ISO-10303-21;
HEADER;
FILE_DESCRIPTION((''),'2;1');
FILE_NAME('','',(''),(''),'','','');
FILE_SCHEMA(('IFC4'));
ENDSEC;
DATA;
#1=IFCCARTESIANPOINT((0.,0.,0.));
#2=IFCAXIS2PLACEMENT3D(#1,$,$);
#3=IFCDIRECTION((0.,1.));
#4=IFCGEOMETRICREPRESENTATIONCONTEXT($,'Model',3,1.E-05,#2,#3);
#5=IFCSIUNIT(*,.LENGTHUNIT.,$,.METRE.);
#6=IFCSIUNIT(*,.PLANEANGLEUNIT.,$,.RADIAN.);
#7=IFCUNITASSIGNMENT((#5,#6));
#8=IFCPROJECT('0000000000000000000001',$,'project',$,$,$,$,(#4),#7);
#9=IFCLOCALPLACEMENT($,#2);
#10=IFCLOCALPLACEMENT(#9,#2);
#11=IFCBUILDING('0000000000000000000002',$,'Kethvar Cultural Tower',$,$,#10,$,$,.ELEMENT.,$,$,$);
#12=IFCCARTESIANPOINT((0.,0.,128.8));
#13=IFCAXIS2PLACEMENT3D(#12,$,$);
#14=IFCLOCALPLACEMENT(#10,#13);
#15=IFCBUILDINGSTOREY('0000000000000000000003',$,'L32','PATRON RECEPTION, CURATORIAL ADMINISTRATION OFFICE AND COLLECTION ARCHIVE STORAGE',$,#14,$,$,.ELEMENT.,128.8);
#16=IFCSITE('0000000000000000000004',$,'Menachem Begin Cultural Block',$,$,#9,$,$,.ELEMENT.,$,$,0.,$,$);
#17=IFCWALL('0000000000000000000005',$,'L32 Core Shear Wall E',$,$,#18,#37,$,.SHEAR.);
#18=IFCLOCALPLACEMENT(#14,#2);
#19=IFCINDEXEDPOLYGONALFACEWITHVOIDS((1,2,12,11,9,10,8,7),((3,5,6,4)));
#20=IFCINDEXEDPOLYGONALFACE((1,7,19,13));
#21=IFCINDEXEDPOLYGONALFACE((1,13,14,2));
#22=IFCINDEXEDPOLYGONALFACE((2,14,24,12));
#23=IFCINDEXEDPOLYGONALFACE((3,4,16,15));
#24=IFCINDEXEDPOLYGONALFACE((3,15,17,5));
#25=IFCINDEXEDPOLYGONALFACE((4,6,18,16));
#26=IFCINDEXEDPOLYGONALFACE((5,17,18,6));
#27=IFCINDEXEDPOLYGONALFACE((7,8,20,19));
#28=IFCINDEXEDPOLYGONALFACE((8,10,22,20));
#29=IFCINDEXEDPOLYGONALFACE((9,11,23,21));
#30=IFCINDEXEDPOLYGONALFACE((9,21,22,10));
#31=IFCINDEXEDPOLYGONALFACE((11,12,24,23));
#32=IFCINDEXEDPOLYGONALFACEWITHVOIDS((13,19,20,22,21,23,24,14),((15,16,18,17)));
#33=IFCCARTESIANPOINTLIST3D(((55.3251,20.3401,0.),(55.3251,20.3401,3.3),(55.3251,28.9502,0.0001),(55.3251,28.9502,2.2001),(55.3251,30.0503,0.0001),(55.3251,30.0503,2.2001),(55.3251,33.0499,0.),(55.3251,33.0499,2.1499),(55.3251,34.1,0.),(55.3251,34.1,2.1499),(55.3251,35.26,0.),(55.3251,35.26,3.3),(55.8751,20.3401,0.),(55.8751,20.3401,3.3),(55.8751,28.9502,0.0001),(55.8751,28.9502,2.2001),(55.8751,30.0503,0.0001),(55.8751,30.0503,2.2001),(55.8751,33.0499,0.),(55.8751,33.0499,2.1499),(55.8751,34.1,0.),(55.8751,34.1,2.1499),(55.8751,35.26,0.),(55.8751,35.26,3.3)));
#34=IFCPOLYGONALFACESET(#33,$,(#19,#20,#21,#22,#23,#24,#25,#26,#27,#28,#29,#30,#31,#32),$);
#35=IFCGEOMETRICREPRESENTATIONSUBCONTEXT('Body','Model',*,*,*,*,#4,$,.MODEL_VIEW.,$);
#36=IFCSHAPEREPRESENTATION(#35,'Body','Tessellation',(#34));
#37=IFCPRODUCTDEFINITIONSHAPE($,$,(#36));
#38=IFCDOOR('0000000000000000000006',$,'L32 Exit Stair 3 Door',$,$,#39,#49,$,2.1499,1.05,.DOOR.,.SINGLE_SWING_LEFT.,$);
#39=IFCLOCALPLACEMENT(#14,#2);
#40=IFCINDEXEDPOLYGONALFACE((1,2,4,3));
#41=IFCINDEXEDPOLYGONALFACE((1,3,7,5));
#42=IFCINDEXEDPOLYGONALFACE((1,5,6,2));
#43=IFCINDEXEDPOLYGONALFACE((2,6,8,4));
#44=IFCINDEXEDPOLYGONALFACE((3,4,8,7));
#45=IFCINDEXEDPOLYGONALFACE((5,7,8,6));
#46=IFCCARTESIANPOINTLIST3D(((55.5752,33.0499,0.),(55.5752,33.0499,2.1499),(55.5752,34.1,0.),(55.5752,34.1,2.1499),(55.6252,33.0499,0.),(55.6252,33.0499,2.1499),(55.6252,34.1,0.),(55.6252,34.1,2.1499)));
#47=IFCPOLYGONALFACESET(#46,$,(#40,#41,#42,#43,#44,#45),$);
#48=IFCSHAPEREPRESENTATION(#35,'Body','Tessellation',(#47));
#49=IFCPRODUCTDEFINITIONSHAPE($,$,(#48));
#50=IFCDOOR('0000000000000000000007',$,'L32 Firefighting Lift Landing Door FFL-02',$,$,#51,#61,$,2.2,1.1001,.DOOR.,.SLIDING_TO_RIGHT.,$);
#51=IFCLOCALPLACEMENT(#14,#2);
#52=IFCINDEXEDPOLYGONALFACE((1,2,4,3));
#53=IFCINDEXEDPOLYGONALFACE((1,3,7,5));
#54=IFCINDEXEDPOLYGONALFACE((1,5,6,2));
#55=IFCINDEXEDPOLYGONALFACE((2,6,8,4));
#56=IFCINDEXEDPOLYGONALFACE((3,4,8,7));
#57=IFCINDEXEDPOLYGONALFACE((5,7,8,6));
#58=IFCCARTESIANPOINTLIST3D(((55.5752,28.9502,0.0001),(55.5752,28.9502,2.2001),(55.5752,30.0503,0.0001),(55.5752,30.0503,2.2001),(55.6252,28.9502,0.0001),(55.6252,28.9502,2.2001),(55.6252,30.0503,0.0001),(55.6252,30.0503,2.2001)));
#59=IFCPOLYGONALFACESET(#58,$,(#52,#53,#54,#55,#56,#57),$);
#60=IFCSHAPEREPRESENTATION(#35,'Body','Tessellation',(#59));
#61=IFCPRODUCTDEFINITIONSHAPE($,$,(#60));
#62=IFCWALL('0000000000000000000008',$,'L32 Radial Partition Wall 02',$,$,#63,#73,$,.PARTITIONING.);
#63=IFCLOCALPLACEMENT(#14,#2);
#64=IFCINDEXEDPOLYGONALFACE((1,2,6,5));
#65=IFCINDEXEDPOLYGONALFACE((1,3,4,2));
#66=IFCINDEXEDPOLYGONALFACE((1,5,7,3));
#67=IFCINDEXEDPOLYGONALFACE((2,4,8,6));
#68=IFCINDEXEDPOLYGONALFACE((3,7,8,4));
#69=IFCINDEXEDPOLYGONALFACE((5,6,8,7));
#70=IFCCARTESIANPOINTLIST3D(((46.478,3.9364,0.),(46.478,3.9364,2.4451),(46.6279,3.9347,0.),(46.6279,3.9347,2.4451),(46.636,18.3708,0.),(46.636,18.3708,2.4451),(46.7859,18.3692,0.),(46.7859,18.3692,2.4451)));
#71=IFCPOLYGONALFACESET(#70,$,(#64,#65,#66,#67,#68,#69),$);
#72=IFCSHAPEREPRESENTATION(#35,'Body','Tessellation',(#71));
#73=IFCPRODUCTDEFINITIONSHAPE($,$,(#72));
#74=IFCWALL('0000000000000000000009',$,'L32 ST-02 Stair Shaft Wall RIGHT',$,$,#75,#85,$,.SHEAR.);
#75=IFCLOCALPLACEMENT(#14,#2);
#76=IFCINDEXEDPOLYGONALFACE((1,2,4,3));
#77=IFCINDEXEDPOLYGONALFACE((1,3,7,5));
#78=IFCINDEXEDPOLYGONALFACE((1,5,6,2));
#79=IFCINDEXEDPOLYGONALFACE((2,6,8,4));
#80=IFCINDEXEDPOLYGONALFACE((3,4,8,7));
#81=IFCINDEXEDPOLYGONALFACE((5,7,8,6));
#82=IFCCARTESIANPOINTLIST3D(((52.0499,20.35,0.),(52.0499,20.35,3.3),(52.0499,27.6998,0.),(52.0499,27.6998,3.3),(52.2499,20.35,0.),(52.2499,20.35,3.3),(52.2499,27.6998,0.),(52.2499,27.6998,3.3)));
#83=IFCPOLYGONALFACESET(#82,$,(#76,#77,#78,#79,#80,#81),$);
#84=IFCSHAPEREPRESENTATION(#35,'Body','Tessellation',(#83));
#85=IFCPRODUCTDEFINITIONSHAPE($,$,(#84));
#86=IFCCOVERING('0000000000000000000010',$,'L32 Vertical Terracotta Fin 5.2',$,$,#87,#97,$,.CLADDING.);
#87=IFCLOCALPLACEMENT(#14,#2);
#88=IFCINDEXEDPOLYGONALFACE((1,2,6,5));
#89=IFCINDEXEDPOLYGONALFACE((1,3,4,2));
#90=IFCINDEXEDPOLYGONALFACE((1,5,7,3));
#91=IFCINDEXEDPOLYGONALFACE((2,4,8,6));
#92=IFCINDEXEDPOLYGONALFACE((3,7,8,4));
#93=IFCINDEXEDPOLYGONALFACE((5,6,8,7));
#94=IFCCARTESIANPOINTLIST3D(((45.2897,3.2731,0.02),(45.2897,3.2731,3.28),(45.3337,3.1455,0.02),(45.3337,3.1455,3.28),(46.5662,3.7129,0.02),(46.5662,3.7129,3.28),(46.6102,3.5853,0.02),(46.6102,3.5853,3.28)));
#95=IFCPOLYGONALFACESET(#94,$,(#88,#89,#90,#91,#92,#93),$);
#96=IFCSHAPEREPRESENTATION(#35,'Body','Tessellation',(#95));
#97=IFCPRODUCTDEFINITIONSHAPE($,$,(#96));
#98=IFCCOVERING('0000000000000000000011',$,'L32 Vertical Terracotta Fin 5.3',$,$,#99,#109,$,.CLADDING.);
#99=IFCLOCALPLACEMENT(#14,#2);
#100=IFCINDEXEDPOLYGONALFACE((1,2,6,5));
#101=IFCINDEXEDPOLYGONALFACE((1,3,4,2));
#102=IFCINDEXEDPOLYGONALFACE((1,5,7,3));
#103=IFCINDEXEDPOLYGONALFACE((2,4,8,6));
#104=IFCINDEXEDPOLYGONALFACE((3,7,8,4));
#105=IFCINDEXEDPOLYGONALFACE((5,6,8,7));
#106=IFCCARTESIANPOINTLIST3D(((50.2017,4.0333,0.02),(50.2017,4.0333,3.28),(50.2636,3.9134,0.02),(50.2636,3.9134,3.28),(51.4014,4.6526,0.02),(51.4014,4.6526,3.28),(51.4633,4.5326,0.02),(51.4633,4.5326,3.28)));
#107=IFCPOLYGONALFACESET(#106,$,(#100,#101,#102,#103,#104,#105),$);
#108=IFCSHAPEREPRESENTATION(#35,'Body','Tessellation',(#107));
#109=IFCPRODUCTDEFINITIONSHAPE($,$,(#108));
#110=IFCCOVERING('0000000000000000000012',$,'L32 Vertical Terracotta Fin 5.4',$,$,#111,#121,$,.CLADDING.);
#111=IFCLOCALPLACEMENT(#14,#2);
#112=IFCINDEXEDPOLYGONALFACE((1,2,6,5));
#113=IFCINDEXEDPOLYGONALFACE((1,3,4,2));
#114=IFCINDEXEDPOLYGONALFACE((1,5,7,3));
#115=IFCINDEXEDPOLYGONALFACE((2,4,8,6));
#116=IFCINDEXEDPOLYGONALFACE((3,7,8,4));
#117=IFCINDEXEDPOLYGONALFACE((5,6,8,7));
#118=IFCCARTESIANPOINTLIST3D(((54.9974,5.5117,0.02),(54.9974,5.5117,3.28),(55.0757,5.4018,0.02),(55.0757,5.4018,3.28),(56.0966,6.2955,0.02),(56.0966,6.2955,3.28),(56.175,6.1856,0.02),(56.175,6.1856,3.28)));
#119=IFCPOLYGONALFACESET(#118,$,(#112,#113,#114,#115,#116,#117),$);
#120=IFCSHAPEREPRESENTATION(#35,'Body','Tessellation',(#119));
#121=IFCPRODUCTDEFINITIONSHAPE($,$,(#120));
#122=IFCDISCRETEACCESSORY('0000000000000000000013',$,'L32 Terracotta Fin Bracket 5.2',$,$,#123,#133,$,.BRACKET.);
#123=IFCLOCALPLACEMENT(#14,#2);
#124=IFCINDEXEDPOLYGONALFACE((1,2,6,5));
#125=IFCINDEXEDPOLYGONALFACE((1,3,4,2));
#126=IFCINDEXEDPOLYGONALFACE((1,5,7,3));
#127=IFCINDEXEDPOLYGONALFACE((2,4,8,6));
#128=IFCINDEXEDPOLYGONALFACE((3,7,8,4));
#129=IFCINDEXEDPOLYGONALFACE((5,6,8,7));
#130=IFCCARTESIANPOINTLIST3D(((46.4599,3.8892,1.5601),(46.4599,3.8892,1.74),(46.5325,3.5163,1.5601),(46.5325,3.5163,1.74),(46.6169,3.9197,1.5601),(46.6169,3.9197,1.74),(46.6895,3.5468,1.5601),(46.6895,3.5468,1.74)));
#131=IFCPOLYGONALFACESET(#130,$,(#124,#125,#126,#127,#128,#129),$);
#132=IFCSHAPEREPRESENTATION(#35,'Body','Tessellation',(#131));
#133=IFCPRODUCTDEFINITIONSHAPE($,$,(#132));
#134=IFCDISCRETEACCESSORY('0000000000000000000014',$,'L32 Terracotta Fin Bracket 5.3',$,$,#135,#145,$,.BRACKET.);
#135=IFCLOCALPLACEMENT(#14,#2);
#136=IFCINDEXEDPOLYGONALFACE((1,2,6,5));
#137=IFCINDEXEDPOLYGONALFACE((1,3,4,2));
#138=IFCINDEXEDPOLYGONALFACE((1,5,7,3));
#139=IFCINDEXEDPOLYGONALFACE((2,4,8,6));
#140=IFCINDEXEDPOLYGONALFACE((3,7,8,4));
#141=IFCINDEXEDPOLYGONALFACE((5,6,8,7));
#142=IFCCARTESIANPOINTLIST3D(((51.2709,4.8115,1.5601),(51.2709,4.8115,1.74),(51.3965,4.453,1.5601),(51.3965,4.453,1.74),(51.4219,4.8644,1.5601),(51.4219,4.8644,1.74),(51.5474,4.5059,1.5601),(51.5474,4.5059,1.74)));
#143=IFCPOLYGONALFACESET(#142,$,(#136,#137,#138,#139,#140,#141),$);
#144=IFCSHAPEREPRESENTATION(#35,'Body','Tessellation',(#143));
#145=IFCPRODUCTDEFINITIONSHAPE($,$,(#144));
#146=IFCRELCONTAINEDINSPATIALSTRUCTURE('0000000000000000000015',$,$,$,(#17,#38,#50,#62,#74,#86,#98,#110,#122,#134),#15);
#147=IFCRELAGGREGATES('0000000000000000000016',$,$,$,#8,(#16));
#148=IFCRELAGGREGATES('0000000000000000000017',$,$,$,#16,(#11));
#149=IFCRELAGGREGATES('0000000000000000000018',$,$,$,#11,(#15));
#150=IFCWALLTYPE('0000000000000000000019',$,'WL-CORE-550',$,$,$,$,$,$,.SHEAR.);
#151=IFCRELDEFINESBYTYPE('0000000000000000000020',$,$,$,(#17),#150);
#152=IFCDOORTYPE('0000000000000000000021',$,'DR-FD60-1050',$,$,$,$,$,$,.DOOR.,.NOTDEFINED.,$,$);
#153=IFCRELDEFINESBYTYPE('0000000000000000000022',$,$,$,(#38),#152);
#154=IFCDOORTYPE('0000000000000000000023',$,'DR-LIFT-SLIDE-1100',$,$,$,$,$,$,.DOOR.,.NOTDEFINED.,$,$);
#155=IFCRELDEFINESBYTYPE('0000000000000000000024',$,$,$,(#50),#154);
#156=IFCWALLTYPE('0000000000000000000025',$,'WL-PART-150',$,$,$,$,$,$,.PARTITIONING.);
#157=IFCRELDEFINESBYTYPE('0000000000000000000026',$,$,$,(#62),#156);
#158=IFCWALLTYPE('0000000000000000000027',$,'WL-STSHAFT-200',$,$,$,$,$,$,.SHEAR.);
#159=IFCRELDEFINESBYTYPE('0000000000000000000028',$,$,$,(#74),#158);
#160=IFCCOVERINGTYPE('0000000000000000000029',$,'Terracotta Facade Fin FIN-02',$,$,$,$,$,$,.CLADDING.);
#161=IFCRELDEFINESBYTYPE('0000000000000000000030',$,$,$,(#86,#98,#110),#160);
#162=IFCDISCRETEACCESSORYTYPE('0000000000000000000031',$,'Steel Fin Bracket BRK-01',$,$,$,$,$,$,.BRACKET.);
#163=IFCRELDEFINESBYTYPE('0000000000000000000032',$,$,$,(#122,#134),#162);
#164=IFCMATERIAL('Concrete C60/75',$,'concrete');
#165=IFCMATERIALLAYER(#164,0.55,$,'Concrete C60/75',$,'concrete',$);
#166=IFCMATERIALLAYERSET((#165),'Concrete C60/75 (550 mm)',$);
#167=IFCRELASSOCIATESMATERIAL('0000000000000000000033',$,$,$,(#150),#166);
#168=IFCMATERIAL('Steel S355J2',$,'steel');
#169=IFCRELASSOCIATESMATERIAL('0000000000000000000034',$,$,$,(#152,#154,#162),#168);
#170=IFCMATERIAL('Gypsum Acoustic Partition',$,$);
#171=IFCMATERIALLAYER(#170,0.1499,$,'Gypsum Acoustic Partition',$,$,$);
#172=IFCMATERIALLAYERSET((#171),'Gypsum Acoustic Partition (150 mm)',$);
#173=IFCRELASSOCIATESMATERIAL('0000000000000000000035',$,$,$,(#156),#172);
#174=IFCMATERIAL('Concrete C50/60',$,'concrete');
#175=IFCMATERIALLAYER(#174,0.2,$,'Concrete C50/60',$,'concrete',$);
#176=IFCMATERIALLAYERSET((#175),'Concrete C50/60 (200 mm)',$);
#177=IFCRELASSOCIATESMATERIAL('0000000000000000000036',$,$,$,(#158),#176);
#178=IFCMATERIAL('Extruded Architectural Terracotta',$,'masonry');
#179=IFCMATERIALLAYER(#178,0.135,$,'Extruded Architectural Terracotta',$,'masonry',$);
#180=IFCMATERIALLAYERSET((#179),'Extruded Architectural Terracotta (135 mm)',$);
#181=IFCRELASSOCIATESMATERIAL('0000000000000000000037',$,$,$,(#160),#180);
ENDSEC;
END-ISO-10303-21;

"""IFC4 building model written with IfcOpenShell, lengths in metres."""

from ifc_helpers import new_model, si_unit, direction, frame, frame_2d, origin, origin_2d, place, context, subcontext, project, spatial, rectangle, extrude, source, transform, mapped, material, layer, layer_set, type_object, element, fill, save


model = new_model("IFC4")

# Units and contexts
model_context = context("Model", 3, precision=1e-05, world=origin(), true_north=direction((0.0, 1.0)))
body_context = subcontext(model_context, "Body", "Model", "MODEL_VIEW")
ifc_project = project(units=[si_unit("LENGTHUNIT", "METRE"), si_unit("PLANEANGLEUNIT", "RADIAN")], contexts=[model_context])

# Site, building, storey
site_placement = place(None, origin())
site = spatial("IfcSite", under=ifc_project, at=site_placement, Name="Menachem Begin Cultural Block", CompositionType="ELEMENT", RefElevation=0.0)
building_placement = place(site_placement, origin())
building = spatial("IfcBuilding", under=site, at=building_placement, Name="Kethvar Cultural Tower", CompositionType="ELEMENT")
storey_placement = place(building_placement, frame((0.0, 0.0, 128.8)))
storey = spatial("IfcBuildingStorey", under=building, at=storey_placement, Name="L32", Description="PATRON RECEPTION, CURATORIAL ADMINISTRATION OFFICE AND COLLECTION ARCHIVE STORAGE", CompositionType="ELEMENT", Elevation=128.8)

# Shared definitions
ifc_material_1 = material(Name="Steel S355J2", Category="steel")

# Wall, openings, doors
ifc_material_2 = material(Name="Concrete C60/75", Category="concrete")
ifc_layer_1 = layer(ifc_material_2, 0.55, Name="Concrete C60/75", Category="concrete")
ifc_layer_set_1 = layer_set([ifc_layer_1], Name="Concrete C60/75 (550 mm)")
wall_type_1 = type_object("IfcWallType", Name="WL-CORE-550", PredefinedType="SHEAR", material=ifc_layer_set_1)
wall_1_placement = place(storey_placement, frame((55.6001, 20.3401, 0.0), z_axis=(0.0, 0.0, 1.0), x_axis=(0.0, 1.0, 0.0)))
wall_1 = element("IfcWall", 1, at=wall_1_placement, inside=storey, type_object=wall_type_1, Name="L32 Core Shear Wall E", PredefinedType="SHEAR", context=body_context, shape_type="SweptSolid", body=[
    extrude(rectangle(XDim=14.9199, YDim=0.55, at=frame_2d((7.46, 0.0))), origin(), (0.0, 0.0, 1.0), 3.3),
])
opening_1_placement = place(wall_1_placement, frame((12.71, 0.0, 0.0)))
opening_1 = element("IfcOpeningElement", 2, at=opening_1_placement, cuts=wall_1, PredefinedType="OPENING", context=body_context, shape_type="SweptSolid", body=[
    extrude(rectangle(XDim=1.05, YDim=2.1499, at=frame_2d((0.5249, 1.075))), frame((0.0, 0.2849, 0.0), z_axis=(0.0, -1.0, 0.0), x_axis=(1.0, 0.0, 0.0)), (0.0, 0.0, 1.0), 0.5701),
])
opening_2_placement = place(wall_1_placement, frame((8.6101, 0.0, 0.0)))
opening_2 = element("IfcOpeningElement", 3, at=opening_2_placement, cuts=wall_1, PredefinedType="OPENING", context=body_context, shape_type="SweptSolid", body=[
    extrude(rectangle(XDim=1.1001, YDim=2.2, at=frame_2d((0.55, 1.1001))), frame((0.0, 0.2849, 0.0), z_axis=(0.0, -1.0, 0.0), x_axis=(1.0, 0.0, 0.0)), (0.0, 0.0, 1.0), 0.5701),
])
door_type_1 = type_object("IfcDoorType", Name="DR-FD60-1050", OperationType="NOTDEFINED", PredefinedType="DOOR", material=ifc_material_1)
shared_shape_1 = source(origin(), body_context, "Body", "SweptSolid", [
    extrude(rectangle(XDim=1.05, YDim=2.1499, at=frame_2d((0.5249, 1.075))), frame((0.0, 0.0249, 0.0), z_axis=(0.0, -1.0, 0.0), x_axis=(1.0, 0.0, 0.0)), (0.0, 0.0, 1.0), 0.05),
])
door_1_placement = place(opening_1_placement, origin())
door_1 = element("IfcDoor", 4, at=door_1_placement, inside=storey, type_object=door_type_1, Name="L32 Exit Stair 3 Door", OperationType="SINGLE_SWING_LEFT", OverallHeight=2.1499, OverallWidth=1.05, PredefinedType="DOOR", context=body_context, shape_type="MappedRepresentation", body=[
    mapped(shared_shape_1, transform((0.0, 0.0, 0.0), scale=1.0)),
])
fill(opening_1, door_1)
door_type_2 = type_object("IfcDoorType", Name="DR-LIFT-SLIDE-1100", OperationType="NOTDEFINED", PredefinedType="DOOR", material=ifc_material_1)
shared_shape_2 = source(origin(), body_context, "Body", "SweptSolid", [
    extrude(rectangle(XDim=1.1001, YDim=2.2, at=frame_2d((0.55, 1.1001))), frame((0.0, 0.0249, 0.0), z_axis=(0.0, -1.0, 0.0), x_axis=(1.0, 0.0, 0.0)), (0.0, 0.0, 1.0), 0.05),
])
door_2_placement = place(opening_2_placement, origin())
door_2 = element("IfcDoor", 5, at=door_2_placement, inside=storey, type_object=door_type_2, Name="L32 Firefighting Lift Landing Door FFL-02", OperationType="SLIDING_TO_RIGHT", OverallHeight=2.2, OverallWidth=1.1001, PredefinedType="DOOR", context=body_context, shape_type="MappedRepresentation", body=[
    mapped(shared_shape_2, transform((0.0, 0.0, 0.0), scale=1.0)),
])
fill(opening_2, door_2)

# Walls
ifc_material_3 = material(Name="Gypsum Acoustic Partition")
ifc_layer_2 = layer(ifc_material_3, 0.1499, Name="Gypsum Acoustic Partition")
ifc_layer_set_2 = layer_set([ifc_layer_2], Name="Gypsum Acoustic Partition (150 mm)")
wall_type_2 = type_object("IfcWallType", Name="WL-PART-150", PredefinedType="PARTITIONING", material=ifc_layer_set_2)
wall_2_placement = place(storey_placement, frame((46.7109, 18.3701, 0.0), z_axis=(0.0, 0.0, 1.0), x_axis=(-0.010943, -0.99994, 0.0)))
element("IfcWall", 6, at=wall_2_placement, inside=storey, type_object=wall_type_2, Name="L32 Radial Partition Wall 02", PredefinedType="PARTITIONING", context=body_context, shape_type="SweptSolid", body=[
    extrude(rectangle(XDim=14.4353, YDim=0.1499, at=frame_2d((7.2178, 0.0))), origin(), (0.0, 0.0, 1.0), 2.4451),
])
ifc_material_4 = material(Name="Concrete C50/60", Category="concrete")
ifc_layer_3 = layer(ifc_material_4, 0.2, Name="Concrete C50/60", Category="concrete")
ifc_layer_set_3 = layer_set([ifc_layer_3], Name="Concrete C50/60 (200 mm)")
wall_type_3 = type_object("IfcWallType", Name="WL-STSHAFT-200", PredefinedType="SHEAR", material=ifc_layer_set_3)
wall_3_placement = place(storey_placement, frame((52.1499, 20.3501, 0.0), z_axis=(0.0, 0.0, 1.0), x_axis=(0.0, 1.0, 0.0)))
element("IfcWall", 7, at=wall_3_placement, inside=storey, type_object=wall_type_3, Name="L32 ST-02 Stair Shaft Wall RIGHT", PredefinedType="SHEAR", context=body_context, shape_type="SweptSolid", body=[
    extrude(rectangle(XDim=7.3499, YDim=0.2, at=frame_2d((3.6748, 0.0))), origin(), (0.0, 0.0, 1.0), 3.3),
])

# Coverings
ifc_material_5 = material(Name="Extruded Architectural Terracotta", Category="masonry")
ifc_layer_4 = layer(ifc_material_5, 0.135, Name="Extruded Architectural Terracotta", Category="masonry")
ifc_layer_set_4 = layer_set([ifc_layer_4], Name="Extruded Architectural Terracotta (135 mm)")
covering_type = type_object("IfcCoveringType", Name="Terracotta Facade Fin FIN-02", PredefinedType="CLADDING", material=ifc_layer_set_4)
shared_shape_3 = source(origin(), body_context, "Body", "SweptSolid", [
    extrude(rectangle(XDim=1.3501, YDim=0.135, at=origin_2d()), origin(), (0.0, 0.0, 1.0), 3.26),
])
for number, where, z_axis, x_axis, name in (
    (8, (45.95, 3.4292, 0.02), (0.0, 0.0, 1.0), (-0.945462, -0.325733, 0.0), "L32 Vertical Terracotta Fin 5.2"),
    (9, (50.8325, 4.283, 0.02), (0.0, 0.0, 1.0), (-0.888617, -0.45865, 0.0), "L32 Vertical Terracotta Fin 5.3"),
    (10, (55.5862, 5.8486, 0.02), (0.0, 0.0, 1.0), (-0.814217, -0.580561, 0.0), "L32 Vertical Terracotta Fin 5.4"),
):
    element("IfcCovering", number, at=place(storey_placement, frame(where, z_axis=z_axis, x_axis=x_axis)), inside=storey, type_object=covering_type, Name=name, PredefinedType="CLADDING", context=body_context, shape_type="MappedRepresentation", body=[
        mapped(shared_shape_3, transform((0.0, 0.0, 0.0), scale=1.0)),
    ])

# Discrete accessories
discrete_accessory_type = type_object("IfcDiscreteAccessoryType", Name="Steel Fin Bracket BRK-01", PredefinedType="BRACKET", material=ifc_material_1)
shared_shape_4 = source(origin(), body_context, "Body", "SweptSolid", [
    extrude(rectangle(XDim=0.3799, YDim=0.1599, at=origin_2d()), origin(), (0.0, 0.0, 1.0), 0.1799),
])
for number, where, z_axis, x_axis, name in (
    (11, (46.5747, 3.718, 1.5601), (0.0, 0.0, 1.0), (0.19098, -0.981594, 0.0), "L32 Terracotta Fin Bracket 5.2"),
    (12, (51.4092, 4.6587, 1.5601), (0.0, 0.0, 1.0), (0.330514, -0.943801, 0.0), "L32 Terracotta Fin Bracket 5.3"),
):
    element("IfcDiscreteAccessory", number, at=place(storey_placement, frame(where, z_axis=z_axis, x_axis=x_axis)), inside=storey, type_object=discrete_accessory_type, Name=name, PredefinedType="BRACKET", context=body_context, shape_type="MappedRepresentation", body=[
        mapped(shared_shape_4, transform((0.0, 0.0, 0.0), scale=1.0)),
    ])

save(model, "model.ifc")
